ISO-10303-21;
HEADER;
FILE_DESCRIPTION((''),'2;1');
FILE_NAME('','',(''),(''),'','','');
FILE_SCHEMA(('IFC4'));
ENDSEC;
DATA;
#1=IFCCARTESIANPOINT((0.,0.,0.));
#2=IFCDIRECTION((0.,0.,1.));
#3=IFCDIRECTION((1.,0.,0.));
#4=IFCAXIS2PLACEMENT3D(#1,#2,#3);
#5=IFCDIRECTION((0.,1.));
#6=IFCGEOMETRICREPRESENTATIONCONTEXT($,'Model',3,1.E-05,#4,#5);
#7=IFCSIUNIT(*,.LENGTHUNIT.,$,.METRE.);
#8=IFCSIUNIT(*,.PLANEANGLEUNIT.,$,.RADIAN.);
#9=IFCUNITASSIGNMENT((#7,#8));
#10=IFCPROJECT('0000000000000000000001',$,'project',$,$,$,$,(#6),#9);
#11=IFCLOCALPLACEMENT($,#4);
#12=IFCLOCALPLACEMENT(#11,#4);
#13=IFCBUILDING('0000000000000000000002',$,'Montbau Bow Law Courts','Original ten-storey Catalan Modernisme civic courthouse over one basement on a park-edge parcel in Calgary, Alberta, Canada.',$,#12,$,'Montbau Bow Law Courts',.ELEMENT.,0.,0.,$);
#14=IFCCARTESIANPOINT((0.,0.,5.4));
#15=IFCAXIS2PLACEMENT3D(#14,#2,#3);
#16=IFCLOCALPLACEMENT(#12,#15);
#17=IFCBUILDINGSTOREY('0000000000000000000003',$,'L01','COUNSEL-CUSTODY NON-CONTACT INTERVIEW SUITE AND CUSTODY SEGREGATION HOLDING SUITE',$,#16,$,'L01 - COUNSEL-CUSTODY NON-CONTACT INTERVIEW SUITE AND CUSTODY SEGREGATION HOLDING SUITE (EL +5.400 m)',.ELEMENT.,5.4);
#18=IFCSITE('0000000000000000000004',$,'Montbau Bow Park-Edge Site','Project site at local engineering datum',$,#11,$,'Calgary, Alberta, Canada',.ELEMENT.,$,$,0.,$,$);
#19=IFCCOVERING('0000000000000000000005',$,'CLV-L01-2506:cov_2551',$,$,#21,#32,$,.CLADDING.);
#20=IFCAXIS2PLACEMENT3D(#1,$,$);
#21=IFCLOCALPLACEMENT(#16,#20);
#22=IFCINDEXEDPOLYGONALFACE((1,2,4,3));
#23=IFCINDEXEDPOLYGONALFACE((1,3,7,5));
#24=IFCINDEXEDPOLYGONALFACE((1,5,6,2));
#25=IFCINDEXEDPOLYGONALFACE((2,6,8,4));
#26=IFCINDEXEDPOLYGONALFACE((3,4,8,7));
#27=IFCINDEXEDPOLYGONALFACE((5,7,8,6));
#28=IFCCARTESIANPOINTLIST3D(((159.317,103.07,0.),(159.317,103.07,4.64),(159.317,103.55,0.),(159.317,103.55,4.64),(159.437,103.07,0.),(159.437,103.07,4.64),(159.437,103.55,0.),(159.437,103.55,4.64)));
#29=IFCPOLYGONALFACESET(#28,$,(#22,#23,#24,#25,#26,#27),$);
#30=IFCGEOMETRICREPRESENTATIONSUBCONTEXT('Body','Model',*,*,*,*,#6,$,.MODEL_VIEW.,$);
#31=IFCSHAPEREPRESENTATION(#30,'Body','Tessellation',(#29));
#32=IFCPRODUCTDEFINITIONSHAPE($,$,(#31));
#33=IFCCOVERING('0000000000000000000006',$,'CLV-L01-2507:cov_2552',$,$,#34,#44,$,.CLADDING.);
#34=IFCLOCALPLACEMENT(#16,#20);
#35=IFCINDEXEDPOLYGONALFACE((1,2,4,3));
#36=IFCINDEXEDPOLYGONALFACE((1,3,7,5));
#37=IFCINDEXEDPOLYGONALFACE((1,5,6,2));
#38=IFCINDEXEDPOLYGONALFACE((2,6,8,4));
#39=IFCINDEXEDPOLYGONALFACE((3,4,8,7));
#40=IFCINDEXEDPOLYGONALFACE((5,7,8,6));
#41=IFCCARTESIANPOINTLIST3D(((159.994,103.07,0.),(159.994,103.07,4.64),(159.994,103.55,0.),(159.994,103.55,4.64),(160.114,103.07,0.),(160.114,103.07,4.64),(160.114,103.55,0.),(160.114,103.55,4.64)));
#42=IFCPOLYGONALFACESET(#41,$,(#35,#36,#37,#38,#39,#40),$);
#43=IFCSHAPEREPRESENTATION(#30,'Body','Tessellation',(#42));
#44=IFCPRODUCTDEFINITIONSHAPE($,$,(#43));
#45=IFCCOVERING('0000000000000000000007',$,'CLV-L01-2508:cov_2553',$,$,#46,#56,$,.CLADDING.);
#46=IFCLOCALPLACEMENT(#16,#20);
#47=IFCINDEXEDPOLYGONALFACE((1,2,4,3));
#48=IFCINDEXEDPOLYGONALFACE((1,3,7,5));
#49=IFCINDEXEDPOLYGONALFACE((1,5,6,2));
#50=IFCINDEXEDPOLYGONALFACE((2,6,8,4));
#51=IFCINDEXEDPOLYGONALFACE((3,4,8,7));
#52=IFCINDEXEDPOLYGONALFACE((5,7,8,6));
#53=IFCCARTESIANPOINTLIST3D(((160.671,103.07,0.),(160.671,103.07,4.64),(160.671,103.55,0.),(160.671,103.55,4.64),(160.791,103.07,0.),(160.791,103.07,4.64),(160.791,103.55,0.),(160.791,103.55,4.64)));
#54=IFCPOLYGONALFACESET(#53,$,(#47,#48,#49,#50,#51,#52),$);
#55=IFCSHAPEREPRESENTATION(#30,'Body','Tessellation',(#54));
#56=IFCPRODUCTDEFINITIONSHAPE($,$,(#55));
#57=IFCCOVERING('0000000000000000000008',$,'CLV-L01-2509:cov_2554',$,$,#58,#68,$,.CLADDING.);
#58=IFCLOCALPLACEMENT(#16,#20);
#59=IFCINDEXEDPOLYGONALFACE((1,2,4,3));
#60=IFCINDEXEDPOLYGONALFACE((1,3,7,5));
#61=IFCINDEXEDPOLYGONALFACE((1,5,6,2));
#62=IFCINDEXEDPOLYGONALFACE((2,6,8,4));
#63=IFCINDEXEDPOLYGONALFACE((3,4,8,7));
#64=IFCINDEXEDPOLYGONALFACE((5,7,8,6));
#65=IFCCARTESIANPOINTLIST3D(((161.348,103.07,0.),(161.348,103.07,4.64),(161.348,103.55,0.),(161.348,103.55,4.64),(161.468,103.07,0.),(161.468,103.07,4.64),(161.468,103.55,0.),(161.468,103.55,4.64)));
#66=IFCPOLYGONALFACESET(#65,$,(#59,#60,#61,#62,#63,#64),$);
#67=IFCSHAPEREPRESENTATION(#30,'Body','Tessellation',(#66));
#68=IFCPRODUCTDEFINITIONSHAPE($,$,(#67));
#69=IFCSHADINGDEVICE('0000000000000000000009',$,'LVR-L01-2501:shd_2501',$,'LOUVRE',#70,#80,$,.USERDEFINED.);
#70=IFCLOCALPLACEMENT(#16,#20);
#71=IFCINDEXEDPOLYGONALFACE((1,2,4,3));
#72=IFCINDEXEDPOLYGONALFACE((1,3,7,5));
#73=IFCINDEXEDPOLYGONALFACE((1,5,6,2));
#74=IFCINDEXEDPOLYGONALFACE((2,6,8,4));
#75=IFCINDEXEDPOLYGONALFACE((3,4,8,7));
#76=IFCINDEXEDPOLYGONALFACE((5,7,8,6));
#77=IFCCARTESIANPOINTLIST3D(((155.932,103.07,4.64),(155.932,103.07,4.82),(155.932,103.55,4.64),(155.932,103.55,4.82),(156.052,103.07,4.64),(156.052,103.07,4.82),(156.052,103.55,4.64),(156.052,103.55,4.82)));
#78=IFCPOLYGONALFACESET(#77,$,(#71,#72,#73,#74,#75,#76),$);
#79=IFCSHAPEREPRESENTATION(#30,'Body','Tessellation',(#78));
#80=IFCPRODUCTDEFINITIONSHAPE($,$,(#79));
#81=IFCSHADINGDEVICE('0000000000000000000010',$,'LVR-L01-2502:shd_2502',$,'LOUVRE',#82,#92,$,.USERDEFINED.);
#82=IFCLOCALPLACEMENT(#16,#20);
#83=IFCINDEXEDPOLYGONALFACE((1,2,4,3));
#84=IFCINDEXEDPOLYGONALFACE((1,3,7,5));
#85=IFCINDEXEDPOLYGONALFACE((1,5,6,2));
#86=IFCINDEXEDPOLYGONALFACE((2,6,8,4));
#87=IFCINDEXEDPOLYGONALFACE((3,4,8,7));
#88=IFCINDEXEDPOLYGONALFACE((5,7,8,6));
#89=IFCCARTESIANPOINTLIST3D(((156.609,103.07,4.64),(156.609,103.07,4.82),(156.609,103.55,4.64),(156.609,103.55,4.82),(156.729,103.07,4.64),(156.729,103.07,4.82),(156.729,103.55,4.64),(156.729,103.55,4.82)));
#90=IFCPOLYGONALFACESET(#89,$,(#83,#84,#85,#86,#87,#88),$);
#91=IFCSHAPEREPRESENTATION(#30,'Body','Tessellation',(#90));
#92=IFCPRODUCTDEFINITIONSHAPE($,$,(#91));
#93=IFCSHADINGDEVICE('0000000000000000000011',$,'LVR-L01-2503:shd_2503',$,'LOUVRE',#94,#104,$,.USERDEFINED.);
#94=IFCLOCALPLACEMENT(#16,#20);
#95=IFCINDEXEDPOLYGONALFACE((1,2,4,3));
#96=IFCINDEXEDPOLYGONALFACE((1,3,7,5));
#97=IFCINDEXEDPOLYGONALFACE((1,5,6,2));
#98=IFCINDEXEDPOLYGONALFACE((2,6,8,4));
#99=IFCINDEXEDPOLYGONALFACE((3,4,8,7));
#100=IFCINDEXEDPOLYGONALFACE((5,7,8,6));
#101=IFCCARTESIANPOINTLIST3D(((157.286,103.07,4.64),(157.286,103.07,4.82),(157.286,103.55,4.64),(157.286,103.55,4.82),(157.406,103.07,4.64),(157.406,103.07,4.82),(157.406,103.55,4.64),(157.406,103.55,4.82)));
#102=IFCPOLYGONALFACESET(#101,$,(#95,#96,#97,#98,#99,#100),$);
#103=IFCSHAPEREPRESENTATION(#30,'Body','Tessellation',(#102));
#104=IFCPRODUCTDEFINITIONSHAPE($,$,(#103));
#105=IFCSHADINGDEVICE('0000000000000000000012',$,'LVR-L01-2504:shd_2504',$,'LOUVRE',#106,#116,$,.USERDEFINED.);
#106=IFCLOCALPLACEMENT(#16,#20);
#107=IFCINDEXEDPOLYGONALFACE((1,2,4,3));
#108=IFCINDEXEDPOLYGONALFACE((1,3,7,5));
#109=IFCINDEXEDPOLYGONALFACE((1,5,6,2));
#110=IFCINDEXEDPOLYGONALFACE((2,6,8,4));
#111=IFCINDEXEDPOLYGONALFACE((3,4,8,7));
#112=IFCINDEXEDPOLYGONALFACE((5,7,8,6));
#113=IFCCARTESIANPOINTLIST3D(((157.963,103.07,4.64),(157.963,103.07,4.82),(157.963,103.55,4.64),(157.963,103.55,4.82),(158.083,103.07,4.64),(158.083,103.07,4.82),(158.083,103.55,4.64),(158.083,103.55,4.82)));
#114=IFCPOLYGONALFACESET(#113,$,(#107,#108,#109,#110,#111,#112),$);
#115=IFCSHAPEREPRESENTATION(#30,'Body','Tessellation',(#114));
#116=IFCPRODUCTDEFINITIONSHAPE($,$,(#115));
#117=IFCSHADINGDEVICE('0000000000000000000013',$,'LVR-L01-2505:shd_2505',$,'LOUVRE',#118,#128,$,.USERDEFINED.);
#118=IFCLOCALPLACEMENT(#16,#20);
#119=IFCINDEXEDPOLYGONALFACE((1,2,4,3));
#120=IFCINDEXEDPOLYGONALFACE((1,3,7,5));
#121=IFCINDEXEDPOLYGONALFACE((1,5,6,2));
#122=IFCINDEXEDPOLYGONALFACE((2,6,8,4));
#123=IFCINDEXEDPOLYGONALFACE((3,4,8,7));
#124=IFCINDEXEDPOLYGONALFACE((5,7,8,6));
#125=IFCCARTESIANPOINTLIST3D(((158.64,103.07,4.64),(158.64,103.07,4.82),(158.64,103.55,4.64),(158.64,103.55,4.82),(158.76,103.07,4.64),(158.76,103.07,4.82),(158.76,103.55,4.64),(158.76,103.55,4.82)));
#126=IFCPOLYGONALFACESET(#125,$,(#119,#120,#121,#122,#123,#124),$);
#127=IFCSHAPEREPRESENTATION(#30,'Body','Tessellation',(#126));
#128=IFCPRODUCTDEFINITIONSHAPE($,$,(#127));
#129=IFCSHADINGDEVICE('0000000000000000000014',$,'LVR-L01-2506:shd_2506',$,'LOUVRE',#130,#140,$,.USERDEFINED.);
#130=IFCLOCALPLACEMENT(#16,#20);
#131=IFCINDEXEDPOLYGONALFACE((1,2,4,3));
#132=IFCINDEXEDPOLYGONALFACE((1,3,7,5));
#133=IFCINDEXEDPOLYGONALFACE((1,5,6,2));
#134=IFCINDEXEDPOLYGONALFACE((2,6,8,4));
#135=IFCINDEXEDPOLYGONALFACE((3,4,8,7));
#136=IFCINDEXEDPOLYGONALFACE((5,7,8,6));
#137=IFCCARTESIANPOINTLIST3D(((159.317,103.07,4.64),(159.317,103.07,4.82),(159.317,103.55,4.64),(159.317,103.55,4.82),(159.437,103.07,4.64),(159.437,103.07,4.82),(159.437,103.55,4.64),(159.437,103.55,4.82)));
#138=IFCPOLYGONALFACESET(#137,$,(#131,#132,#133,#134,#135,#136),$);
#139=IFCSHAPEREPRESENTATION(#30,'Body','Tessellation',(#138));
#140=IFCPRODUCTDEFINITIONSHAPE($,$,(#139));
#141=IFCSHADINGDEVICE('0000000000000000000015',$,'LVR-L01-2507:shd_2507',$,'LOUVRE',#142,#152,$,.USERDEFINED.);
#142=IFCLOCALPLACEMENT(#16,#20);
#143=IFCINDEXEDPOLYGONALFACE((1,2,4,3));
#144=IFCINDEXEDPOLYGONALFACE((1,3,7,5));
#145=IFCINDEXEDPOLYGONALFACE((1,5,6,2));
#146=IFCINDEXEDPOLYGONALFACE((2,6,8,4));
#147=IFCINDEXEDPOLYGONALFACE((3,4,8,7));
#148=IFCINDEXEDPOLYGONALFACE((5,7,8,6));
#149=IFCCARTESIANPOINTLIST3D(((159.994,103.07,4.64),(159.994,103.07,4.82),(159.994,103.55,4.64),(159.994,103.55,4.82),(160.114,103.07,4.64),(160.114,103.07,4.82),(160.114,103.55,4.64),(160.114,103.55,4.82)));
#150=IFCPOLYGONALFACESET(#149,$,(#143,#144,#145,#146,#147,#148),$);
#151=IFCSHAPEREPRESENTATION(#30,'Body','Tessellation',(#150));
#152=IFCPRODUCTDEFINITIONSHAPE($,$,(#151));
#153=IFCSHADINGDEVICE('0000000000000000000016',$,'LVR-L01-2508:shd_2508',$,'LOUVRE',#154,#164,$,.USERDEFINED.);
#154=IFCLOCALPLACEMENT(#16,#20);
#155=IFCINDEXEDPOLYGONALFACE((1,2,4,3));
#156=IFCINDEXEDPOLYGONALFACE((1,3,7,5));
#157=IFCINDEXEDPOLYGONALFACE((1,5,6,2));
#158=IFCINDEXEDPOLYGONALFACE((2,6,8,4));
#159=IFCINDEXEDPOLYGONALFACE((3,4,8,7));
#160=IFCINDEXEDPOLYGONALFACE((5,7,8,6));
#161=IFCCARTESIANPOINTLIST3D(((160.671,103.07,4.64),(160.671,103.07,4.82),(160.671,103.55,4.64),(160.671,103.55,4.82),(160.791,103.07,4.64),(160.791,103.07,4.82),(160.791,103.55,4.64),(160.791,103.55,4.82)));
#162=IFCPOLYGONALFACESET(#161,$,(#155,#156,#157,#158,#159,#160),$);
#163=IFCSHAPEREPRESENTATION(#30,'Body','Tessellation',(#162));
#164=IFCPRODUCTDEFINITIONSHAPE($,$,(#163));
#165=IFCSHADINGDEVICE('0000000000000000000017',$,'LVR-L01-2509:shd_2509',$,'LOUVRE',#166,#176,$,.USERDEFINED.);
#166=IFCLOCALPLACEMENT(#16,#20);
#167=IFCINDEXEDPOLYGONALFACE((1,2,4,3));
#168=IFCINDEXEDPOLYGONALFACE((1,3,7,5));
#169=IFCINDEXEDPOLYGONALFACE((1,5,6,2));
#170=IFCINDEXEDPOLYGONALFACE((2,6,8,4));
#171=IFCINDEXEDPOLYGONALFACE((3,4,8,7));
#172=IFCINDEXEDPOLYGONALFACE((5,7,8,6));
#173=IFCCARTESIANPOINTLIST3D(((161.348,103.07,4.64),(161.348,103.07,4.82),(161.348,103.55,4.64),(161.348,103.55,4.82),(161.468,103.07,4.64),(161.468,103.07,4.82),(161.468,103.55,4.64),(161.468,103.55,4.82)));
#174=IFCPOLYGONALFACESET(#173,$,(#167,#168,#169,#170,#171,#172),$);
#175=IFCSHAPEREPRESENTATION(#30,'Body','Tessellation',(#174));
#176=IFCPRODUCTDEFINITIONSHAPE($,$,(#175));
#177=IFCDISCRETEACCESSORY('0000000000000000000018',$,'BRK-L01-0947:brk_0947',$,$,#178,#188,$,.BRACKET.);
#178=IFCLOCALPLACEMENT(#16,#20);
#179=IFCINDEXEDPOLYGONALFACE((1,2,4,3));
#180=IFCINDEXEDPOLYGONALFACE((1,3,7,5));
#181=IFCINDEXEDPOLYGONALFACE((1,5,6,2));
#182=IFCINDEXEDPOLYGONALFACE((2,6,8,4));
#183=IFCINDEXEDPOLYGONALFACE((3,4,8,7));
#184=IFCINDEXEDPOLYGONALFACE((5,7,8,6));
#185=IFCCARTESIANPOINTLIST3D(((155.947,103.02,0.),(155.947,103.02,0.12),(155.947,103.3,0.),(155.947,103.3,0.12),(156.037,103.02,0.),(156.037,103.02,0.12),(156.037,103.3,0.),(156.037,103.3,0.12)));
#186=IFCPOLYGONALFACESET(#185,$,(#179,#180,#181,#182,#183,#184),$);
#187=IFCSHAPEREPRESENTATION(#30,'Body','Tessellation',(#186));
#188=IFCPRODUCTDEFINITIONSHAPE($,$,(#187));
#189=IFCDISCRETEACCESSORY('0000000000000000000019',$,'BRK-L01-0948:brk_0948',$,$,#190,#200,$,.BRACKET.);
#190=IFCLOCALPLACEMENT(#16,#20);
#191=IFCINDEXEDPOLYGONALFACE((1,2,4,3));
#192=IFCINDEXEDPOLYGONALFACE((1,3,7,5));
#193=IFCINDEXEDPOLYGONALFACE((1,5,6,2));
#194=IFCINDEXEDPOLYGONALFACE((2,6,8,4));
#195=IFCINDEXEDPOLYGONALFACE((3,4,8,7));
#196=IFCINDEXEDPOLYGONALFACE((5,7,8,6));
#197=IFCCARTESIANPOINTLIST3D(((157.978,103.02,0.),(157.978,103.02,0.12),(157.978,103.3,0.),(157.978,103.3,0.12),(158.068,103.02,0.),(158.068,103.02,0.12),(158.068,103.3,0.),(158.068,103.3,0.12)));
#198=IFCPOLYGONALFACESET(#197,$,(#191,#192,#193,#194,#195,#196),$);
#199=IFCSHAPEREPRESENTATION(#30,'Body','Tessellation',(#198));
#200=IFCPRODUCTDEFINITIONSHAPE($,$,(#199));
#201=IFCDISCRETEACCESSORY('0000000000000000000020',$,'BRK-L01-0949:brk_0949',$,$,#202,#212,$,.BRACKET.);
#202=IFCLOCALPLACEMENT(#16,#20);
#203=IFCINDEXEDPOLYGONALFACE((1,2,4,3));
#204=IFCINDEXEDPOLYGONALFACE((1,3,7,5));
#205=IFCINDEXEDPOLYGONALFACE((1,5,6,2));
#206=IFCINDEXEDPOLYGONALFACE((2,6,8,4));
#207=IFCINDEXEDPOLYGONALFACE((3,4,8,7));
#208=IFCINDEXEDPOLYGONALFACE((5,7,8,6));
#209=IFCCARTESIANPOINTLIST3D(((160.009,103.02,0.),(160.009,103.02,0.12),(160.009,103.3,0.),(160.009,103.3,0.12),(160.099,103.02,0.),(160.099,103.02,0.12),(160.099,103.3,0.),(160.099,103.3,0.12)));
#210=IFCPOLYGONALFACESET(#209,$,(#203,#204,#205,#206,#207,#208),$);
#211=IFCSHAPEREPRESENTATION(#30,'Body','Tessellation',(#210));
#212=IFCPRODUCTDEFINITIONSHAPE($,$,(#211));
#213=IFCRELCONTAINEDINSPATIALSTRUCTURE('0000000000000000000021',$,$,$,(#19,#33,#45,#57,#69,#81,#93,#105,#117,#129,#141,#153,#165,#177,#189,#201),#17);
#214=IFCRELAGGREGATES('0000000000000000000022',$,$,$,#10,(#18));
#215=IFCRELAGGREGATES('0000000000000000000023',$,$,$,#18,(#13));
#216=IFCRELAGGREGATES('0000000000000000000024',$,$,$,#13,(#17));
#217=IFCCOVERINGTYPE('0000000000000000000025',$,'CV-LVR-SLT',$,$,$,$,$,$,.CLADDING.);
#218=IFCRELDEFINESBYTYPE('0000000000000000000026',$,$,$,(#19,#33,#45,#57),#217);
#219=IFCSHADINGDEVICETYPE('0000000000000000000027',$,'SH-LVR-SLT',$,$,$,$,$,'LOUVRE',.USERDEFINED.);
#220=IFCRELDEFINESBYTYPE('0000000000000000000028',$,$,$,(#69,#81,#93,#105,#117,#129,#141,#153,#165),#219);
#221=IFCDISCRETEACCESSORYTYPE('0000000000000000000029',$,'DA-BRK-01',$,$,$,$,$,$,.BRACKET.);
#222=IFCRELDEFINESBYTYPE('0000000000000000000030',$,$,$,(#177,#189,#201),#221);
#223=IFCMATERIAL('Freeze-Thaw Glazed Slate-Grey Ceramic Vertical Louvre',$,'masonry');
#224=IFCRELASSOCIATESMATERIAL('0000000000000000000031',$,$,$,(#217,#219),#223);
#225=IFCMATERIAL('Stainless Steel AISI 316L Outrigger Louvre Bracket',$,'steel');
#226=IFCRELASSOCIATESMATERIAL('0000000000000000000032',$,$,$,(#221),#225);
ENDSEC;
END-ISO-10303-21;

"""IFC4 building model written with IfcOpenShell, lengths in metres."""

from ifc_helpers import new_model, si_unit, direction, frame, frame_2d, origin_with_axes, origin_2d_with_axis, place, context, subcontext, project, spatial, rectangle, extrude, material, type_object, element, save


model = new_model("IFC4")

# Units and contexts
model_context = context("Model", 3, precision=1e-05, world=origin_with_axes(), true_north=direction((0.0, 1.0)))
body_context = subcontext(model_context, "Body", "Model", "MODEL_VIEW")
ifc_project = project(units=[si_unit("LENGTHUNIT", "METRE"), si_unit("PLANEANGLEUNIT", "RADIAN")], contexts=[model_context])

# Site, building, storey
site_placement = place(None, origin_with_axes())
site = spatial("IfcSite", under=ifc_project, at=site_placement, Name="Montbau Bow Park-Edge Site", Description="Project site at local engineering datum", LongName="Calgary, Alberta, Canada", CompositionType="ELEMENT", RefElevation=0.0)
building_placement = place(site_placement, origin_with_axes())
building = spatial("IfcBuilding", under=site, at=building_placement, Name="Montbau Bow Law Courts", Description="Original ten-storey Catalan Modernisme civic courthouse over one basement on a park-edge parcel in Calgary, Alberta, Canada.", LongName="Montbau Bow Law Courts", CompositionType="ELEMENT", ElevationOfRefHeight=0.0, ElevationOfTerrain=0.0)
storey_placement = place(building_placement, frame((0.0, 0.0, 5.4), z_axis=(0.0, 0.0, 1.0), x_axis=(1.0, 0.0, 0.0)))
storey = spatial("IfcBuildingStorey", under=building, at=storey_placement, Name="L01", Description="COUNSEL-CUSTODY NON-CONTACT INTERVIEW SUITE AND CUSTODY SEGREGATION HOLDING SUITE", LongName="L01 - COUNSEL-CUSTODY NON-CONTACT INTERVIEW SUITE AND CUSTODY SEGREGATION HOLDING SUITE (EL +5.400 m)", CompositionType="ELEMENT", Elevation=5.4)

# Coverings
ifc_material_1 = material(Name="Freeze-Thaw Glazed Slate-Grey Ceramic Vertical Louvre", Category="masonry")
covering_type = type_object("IfcCoveringType", Name="CV-LVR-SLT", PredefinedType="CLADDING", material=ifc_material_1)
for number, where, z_axis, x_axis, name in (
    (1, (159.377, 103.07, 5.4), (1.0, 0.0, 0.0), (0.0, 1.0, 0.0), "CLV-L01-2506:cov_2551"),
    (2, (160.054, 103.07, 5.4), (1.0, 0.0, 0.0), (0.0, 1.0, 0.0), "CLV-L01-2507:cov_2552"),
    (3, (160.731, 103.07, 5.4), (1.0, 0.0, 0.0), (0.0, 1.0, 0.0), "CLV-L01-2508:cov_2553"),
    (4, (161.408, 103.07, 5.4), (1.0, 0.0, 0.0), (0.0, 1.0, 0.0), "CLV-L01-2509:cov_2554"),
):
    element("IfcCovering", number, at=place(None, frame(where, z_axis=z_axis, x_axis=x_axis)), inside=storey, type_object=covering_type, Name=name, PredefinedType="CLADDING", context=body_context, shape_type="SweptSolid", body=[
        extrude(rectangle(XDim=0.48, YDim=4.64, at=frame_2d((0.24, 2.32), x_axis=(1.0, 0.0))), frame((0.0, 0.0, -0.06), z_axis=(0.0, 0.0, 1.0), x_axis=(1.0, 0.0, 0.0)), (0.0, 0.0, 1.0), 0.12),
    ])

# Shading devices
shading_device_type = type_object("IfcShadingDeviceType", Name="SH-LVR-SLT", ElementType="LOUVRE", PredefinedType="USERDEFINED", material=ifc_material_1)
for number, where, z_axis, x_axis, name in (
    (5, (155.992, 103.31, 10.04), (0.0, 0.0, 1.0), (0.0, 1.0, 0.0), "LVR-L01-2501:shd_2501"),
    (6, (156.669, 103.31, 10.04), (0.0, 0.0, 1.0), (0.0, 1.0, 0.0), "LVR-L01-2502:shd_2502"),
    (7, (157.346, 103.31, 10.04), (0.0, 0.0, 1.0), (0.0, 1.0, 0.0), "LVR-L01-2503:shd_2503"),
    (8, (158.023, 103.31, 10.04), (0.0, 0.0, 1.0), (0.0, 1.0, 0.0), "LVR-L01-2504:shd_2504"),
    (9, (158.7, 103.31, 10.04), (0.0, 0.0, 1.0), (0.0, 1.0, 0.0), "LVR-L01-2505:shd_2505"),
    (10, (159.377, 103.31, 10.04), (0.0, 0.0, 1.0), (0.0, 1.0, 0.0), "LVR-L01-2506:shd_2506"),
    (11, (160.054, 103.31, 10.04), (0.0, 0.0, 1.0), (0.0, 1.0, 0.0), "LVR-L01-2507:shd_2507"),
    (12, (160.731, 103.31, 10.04), (0.0, 0.0, 1.0), (0.0, 1.0, 0.0), "LVR-L01-2508:shd_2508"),
    (13, (161.408, 103.31, 10.04), (0.0, 0.0, 1.0), (0.0, 1.0, 0.0), "LVR-L01-2509:shd_2509"),
):
    element("IfcShadingDevice", number, at=place(None, frame(where, z_axis=z_axis, x_axis=x_axis)), inside=storey, type_object=shading_device_type, Name=name, ObjectType="LOUVRE", PredefinedType="USERDEFINED", context=body_context, shape_type="SweptSolid", body=[
        extrude(rectangle(XDim=0.48, YDim=0.12, at=origin_2d_with_axis()), origin_with_axes(), (0.0, 0.0, 1.0), 0.18),
    ])

# Discrete accessories
ifc_material_2 = material(Name="Stainless Steel AISI 316L Outrigger Louvre Bracket", Category="steel")
discrete_accessory_type = type_object("IfcDiscreteAccessoryType", Name="DA-BRK-01", PredefinedType="BRACKET", material=ifc_material_2)
for number, where, z_axis, x_axis, name in (
    (14, (155.992, 103.16, 5.4), (0.0, 0.0, 1.0), (0.0, 1.0, 0.0), "BRK-L01-0947:brk_0947"),
    (15, (158.023, 103.16, 5.4), (0.0, 0.0, 1.0), (0.0, 1.0, 0.0), "BRK-L01-0948:brk_0948"),
    (16, (160.054, 103.16, 5.4), (0.0, 0.0, 1.0), (0.0, 1.0, 0.0), "BRK-L01-0949:brk_0949"),
):
    element("IfcDiscreteAccessory", number, at=place(None, frame(where, z_axis=z_axis, x_axis=x_axis)), inside=storey, type_object=discrete_accessory_type, Name=name, PredefinedType="BRACKET", context=body_context, shape_type="SweptSolid", body=[
        extrude(rectangle(XDim=0.28, YDim=0.09, at=origin_2d_with_axis()), origin_with_axes(), (0.0, 0.0, 1.0), 0.12),
    ])

save(model, "model.ifc")
